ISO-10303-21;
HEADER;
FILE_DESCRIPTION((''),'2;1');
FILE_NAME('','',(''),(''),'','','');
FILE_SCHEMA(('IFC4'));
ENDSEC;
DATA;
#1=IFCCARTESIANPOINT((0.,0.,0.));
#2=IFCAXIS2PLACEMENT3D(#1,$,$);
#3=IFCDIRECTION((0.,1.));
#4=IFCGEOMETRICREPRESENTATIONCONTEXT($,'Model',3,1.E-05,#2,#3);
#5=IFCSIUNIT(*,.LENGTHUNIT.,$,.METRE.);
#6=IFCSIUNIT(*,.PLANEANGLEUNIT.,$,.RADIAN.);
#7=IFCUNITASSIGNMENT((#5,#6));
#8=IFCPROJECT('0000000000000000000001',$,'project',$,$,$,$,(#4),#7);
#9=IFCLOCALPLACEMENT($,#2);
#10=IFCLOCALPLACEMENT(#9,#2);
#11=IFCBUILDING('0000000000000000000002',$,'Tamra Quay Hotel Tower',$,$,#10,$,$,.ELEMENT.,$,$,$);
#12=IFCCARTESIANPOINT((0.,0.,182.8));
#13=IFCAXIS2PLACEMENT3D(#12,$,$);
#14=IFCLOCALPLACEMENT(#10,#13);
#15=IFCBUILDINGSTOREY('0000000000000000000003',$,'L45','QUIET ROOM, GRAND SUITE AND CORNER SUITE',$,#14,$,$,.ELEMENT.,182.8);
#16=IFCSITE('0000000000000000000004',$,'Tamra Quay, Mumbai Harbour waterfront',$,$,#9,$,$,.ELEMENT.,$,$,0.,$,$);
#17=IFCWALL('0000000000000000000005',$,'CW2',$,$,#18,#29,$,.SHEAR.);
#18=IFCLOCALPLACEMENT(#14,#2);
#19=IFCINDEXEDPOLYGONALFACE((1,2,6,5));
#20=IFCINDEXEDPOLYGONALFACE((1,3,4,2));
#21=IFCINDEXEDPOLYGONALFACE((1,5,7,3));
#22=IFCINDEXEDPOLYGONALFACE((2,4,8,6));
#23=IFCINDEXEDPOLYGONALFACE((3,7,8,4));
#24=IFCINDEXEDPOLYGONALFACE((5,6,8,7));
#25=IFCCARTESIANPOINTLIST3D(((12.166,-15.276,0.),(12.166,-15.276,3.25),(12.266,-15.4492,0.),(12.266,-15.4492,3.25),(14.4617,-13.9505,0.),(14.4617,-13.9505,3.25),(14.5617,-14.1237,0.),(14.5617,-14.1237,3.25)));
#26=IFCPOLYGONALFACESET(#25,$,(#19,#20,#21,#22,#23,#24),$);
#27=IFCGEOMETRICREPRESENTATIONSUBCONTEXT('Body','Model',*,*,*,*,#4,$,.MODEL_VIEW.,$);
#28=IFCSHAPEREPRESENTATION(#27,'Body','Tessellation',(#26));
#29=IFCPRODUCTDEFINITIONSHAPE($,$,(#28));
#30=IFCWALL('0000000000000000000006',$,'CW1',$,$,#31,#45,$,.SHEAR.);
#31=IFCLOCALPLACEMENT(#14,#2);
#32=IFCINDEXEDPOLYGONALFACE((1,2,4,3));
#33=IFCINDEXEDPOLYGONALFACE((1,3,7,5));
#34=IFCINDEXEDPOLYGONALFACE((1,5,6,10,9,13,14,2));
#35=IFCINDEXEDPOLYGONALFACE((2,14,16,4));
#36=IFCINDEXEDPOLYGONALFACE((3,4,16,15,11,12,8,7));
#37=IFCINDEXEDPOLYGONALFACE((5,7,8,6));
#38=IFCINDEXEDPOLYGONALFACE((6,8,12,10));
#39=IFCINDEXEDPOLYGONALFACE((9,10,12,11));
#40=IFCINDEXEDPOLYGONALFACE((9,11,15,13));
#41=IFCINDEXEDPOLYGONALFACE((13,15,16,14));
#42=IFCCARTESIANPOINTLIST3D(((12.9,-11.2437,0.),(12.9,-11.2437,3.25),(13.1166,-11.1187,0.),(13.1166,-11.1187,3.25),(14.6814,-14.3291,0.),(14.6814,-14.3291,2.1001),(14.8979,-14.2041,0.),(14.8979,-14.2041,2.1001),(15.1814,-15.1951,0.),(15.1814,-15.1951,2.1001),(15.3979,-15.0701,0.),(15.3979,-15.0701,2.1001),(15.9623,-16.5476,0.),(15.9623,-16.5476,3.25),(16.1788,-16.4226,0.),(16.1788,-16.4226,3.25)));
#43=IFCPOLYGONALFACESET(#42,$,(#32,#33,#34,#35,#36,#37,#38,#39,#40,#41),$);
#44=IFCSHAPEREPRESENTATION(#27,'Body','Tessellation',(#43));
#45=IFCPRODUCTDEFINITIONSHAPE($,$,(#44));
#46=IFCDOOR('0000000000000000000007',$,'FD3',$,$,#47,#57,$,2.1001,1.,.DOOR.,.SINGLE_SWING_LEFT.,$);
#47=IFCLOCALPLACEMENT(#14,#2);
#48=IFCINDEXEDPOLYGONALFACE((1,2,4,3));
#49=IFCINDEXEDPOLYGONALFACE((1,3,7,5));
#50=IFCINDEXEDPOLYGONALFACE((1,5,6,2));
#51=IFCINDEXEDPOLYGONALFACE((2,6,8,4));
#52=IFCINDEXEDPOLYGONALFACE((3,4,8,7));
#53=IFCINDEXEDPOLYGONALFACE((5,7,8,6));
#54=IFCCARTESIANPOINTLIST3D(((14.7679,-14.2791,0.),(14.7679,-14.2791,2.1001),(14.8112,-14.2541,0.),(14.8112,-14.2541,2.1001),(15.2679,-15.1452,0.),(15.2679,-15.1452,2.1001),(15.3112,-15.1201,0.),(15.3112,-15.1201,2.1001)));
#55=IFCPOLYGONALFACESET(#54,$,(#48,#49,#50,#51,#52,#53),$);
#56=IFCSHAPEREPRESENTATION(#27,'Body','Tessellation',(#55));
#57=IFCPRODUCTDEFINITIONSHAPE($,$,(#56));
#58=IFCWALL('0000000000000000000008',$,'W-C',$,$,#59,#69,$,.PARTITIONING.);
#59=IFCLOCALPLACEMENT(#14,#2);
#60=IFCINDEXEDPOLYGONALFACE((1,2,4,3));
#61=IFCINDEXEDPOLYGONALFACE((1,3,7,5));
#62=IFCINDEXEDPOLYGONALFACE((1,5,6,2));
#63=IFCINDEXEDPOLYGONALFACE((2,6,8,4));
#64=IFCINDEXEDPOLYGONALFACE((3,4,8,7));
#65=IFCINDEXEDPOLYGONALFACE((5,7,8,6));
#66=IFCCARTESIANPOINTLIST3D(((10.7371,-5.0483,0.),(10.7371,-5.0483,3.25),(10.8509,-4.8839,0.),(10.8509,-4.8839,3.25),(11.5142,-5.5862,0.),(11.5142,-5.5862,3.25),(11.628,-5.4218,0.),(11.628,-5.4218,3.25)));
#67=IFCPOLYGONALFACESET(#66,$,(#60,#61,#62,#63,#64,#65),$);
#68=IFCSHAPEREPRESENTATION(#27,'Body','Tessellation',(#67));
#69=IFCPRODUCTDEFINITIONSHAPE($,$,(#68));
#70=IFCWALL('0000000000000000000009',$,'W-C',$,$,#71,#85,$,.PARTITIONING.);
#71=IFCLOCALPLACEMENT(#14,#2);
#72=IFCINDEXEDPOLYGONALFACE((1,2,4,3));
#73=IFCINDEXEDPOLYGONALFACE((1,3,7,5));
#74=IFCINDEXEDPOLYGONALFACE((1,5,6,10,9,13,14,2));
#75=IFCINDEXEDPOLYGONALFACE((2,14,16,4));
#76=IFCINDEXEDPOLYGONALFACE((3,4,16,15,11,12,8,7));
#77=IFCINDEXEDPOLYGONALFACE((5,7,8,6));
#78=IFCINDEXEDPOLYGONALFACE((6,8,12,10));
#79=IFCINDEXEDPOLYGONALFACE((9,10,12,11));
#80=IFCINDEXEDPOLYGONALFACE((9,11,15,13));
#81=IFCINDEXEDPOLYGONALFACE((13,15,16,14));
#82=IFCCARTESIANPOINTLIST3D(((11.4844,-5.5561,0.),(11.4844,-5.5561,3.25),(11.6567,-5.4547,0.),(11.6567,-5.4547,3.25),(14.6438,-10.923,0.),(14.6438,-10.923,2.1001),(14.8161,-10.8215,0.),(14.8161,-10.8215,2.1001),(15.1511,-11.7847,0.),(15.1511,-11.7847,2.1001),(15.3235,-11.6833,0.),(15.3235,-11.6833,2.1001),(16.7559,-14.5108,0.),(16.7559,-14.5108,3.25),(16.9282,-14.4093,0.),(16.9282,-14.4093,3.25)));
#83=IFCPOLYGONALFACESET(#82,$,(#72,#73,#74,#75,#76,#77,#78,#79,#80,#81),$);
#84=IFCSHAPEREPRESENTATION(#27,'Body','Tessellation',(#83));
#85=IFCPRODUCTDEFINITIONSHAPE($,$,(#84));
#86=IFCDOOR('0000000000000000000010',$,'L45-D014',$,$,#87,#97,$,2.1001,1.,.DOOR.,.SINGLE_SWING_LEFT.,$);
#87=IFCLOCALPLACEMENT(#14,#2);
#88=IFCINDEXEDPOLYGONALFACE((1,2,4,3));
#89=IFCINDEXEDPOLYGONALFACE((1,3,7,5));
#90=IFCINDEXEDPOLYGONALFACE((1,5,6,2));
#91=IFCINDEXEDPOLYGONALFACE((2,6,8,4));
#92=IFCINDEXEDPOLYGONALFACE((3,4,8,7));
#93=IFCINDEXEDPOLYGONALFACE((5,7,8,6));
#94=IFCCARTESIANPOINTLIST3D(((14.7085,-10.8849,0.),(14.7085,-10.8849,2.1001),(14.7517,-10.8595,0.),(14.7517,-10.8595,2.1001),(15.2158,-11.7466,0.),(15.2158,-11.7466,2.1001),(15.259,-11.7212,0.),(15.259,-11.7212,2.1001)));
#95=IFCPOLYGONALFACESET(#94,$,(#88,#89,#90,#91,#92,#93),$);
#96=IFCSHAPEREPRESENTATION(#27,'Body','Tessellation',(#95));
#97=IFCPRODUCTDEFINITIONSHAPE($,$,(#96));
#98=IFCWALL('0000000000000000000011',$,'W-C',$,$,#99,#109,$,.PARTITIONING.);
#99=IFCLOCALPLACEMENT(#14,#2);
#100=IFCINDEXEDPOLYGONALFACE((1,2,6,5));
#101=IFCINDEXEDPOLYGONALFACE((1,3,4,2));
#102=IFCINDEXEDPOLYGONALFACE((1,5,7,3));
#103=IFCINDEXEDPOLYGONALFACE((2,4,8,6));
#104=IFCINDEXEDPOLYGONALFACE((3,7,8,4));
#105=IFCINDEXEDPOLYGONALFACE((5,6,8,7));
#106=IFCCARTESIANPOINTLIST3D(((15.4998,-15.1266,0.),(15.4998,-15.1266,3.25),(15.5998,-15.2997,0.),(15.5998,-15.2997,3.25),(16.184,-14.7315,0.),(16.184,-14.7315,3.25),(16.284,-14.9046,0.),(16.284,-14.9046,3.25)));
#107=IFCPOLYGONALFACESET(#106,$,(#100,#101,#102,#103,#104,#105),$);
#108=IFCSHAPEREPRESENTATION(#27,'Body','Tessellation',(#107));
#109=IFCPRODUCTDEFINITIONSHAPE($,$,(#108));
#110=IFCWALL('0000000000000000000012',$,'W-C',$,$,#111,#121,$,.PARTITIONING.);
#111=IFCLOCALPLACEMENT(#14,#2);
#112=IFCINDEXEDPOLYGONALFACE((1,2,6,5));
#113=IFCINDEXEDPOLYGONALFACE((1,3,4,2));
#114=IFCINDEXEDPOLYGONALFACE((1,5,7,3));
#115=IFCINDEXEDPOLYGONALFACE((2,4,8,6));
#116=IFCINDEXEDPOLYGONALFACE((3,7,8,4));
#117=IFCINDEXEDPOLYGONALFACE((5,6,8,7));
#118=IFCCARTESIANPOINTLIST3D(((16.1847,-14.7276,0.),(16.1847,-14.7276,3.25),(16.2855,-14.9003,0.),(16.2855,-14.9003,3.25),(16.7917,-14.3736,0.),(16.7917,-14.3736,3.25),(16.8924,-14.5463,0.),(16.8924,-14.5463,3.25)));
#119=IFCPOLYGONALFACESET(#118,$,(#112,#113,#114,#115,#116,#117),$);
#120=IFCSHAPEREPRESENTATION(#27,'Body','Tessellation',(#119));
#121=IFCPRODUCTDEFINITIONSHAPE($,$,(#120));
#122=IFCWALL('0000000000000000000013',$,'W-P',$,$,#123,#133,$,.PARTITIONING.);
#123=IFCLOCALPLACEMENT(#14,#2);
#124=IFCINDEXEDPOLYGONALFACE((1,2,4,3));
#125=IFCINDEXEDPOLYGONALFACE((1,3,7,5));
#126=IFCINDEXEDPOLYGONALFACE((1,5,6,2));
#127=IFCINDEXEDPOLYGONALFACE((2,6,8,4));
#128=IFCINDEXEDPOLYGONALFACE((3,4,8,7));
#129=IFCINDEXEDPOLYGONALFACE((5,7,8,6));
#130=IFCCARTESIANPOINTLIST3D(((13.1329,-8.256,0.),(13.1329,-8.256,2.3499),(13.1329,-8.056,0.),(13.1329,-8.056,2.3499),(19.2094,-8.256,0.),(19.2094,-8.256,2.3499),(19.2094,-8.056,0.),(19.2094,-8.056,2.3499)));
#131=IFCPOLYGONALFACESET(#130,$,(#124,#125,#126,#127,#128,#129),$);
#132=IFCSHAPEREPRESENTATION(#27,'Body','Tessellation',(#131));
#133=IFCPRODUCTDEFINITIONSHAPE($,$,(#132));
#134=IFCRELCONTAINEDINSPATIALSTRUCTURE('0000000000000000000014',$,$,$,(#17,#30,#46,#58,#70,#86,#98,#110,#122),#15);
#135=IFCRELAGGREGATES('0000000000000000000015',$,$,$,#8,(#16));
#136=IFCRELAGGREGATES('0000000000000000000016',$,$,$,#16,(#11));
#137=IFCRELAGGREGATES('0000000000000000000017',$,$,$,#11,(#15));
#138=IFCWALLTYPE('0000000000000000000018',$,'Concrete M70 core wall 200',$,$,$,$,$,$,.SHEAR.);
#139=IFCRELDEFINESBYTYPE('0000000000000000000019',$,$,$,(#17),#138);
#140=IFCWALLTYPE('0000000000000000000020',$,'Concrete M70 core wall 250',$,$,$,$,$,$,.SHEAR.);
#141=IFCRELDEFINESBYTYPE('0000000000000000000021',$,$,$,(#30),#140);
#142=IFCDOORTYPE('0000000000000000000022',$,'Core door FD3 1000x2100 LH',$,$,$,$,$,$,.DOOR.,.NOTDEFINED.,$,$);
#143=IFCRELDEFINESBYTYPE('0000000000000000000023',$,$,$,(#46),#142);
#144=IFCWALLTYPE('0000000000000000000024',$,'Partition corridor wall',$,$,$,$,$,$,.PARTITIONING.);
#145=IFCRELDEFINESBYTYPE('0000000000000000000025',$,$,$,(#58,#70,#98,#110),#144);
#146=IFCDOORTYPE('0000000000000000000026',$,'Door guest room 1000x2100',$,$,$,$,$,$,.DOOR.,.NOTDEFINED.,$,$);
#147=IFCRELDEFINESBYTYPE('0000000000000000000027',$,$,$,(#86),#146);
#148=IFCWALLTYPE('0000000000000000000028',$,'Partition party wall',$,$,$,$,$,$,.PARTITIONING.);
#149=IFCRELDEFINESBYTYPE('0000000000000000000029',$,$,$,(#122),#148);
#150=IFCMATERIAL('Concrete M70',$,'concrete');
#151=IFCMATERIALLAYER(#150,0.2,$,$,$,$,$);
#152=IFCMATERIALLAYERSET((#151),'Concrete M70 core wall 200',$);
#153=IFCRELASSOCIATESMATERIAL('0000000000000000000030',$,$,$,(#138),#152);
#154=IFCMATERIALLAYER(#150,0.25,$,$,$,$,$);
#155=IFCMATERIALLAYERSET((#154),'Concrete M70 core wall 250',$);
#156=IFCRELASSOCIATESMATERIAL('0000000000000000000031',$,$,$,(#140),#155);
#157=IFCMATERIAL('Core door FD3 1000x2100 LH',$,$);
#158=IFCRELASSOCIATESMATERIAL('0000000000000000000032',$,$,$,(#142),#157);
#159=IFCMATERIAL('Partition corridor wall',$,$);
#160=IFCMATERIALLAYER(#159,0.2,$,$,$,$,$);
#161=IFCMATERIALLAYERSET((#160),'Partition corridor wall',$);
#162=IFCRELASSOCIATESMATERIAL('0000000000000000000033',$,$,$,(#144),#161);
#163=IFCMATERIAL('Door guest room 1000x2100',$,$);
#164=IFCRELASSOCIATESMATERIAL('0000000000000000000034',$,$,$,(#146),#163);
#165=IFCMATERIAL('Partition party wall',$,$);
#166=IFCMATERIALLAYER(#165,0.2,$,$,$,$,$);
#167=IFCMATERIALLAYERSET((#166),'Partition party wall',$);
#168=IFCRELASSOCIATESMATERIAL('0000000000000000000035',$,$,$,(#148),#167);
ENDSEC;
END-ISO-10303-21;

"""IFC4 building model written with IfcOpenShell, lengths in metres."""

from ifc_helpers import new_model, si_unit, direction, frame, frame_2d, origin, place, context, subcontext, project, spatial, rectangle, extrude, material, layer, layer_set, type_object, element, fill, save


model = new_model("IFC4")

# Units and contexts
model_context = context("Model", 3, precision=1e-05, world=origin(), true_north=direction((0.0, 1.0)))
body_context = subcontext(model_context, "Body", "Model", "MODEL_VIEW")
ifc_project = project(units=[si_unit("LENGTHUNIT", "METRE"), si_unit("PLANEANGLEUNIT", "RADIAN")], contexts=[model_context])

# Site, building, storey
site_placement = place(None, origin())
site = spatial("IfcSite", under=ifc_project, at=site_placement, Name="Tamra Quay, Mumbai Harbour waterfront", CompositionType="ELEMENT", RefElevation=0.0)
building_placement = place(site_placement, origin())
building = spatial("IfcBuilding", under=site, at=building_placement, Name="Tamra Quay Hotel Tower", CompositionType="ELEMENT")
storey_placement = place(building_placement, frame((0.0, 0.0, 182.8)))
storey = spatial("IfcBuildingStorey", under=building, at=storey_placement, Name="L45", Description="QUIET ROOM, GRAND SUITE AND CORNER SUITE", CompositionType="ELEMENT", Elevation=182.8)

# Shared definitions
ifc_material_1 = material(Name="Concrete M70", Category="concrete")

# Wall
ifc_layer_1 = layer(ifc_material_1, 0.2)
ifc_layer_set_1 = layer_set([ifc_layer_1], Name="Concrete M70 core wall 200")
wall_type_1 = type_object("IfcWallType", Name="Concrete M70 core wall 200", PredefinedType="SHEAR", material=ifc_layer_set_1)
wall_1_placement = place(storey_placement, frame((14.5117, -14.0371, 0.0), z_axis=(0.0, 0.0, 1.0), x_axis=(-0.866018, -0.500012, 0.0)))
element("IfcWall", 1, at=wall_1_placement, inside=storey, type_object=wall_type_1, Name="CW2", PredefinedType="SHEAR", context=body_context, shape_type="SweptSolid", body=[
    extrude(rectangle(XDim=2.6509, YDim=0.2, at=frame_2d((1.3254, 0.0))), origin(), (0.0, 0.0, 1.0), 3.25),
])

# Wall, opening, door
ifc_layer_2 = layer(ifc_material_1, 0.25)
ifc_layer_set_2 = layer_set([ifc_layer_2], Name="Concrete M70 core wall 250")
wall_type_2 = type_object("IfcWallType", Name="Concrete M70 core wall 250", PredefinedType="SHEAR", material=ifc_layer_set_2)
wall_2_placement = place(storey_placement, frame((13.0083, -11.1812, 0.0), z_axis=(0.0, 0.0, 1.0), x_axis=(0.500002, -0.866024, 0.0)))
wall_2 = element("IfcWall", 2, at=wall_2_placement, inside=storey, type_object=wall_type_2, Name="CW1", PredefinedType="SHEAR", context=body_context, shape_type="SweptSolid", body=[
    extrude(rectangle(XDim=6.1245, YDim=0.25, at=frame_2d((3.0623, 0.0))), origin(), (0.0, 0.0, 1.0), 3.25),
])
opening_1_placement = place(wall_2_placement, frame((3.5627, 0.0, 0.0)))
opening_1 = element("IfcOpeningElement", 3, at=opening_1_placement, cuts=wall_2, PredefinedType="OPENING", context=body_context, shape_type="SweptSolid", body=[
    extrude(rectangle(XDim=1.0, YDim=2.1001, at=frame_2d((0.5, 1.05))), frame((0.0, 0.135, 0.0), z_axis=(0.0, -1.0, 0.0), x_axis=(1.0, 0.0, 0.0)), (0.0, 0.0, 1.0), 0.27),
])
ifc_material_2 = material(Name="Core door FD3 1000x2100 LH")
door_type_1 = type_object("IfcDoorType", Name="Core door FD3 1000x2100 LH", OperationType="NOTDEFINED", PredefinedType="DOOR", material=ifc_material_2)
door_1_placement = place(opening_1_placement, origin())
door_1 = element("IfcDoor", 4, at=door_1_placement, inside=storey, type_object=door_type_1, Name="FD3", OperationType="SINGLE_SWING_LEFT", OverallHeight=2.1001, OverallWidth=1.0, PredefinedType="DOOR", context=body_context, shape_type="SweptSolid", body=[
    extrude(rectangle(XDim=1.0, YDim=2.1001, at=frame_2d((0.5, 1.05))), frame((0.0, 0.0249, 0.0), z_axis=(0.0, -1.0, 0.0), x_axis=(1.0, 0.0, 0.0)), (0.0, 0.0, 1.0), 0.05),
])
fill(opening_1, door_1)

# Wall
ifc_material_3 = material(Name="Partition corridor wall")
ifc_layer_3 = layer(ifc_material_3, 0.2)
ifc_layer_set_3 = layer_set([ifc_layer_3], Name="Partition corridor wall")
wall_type_3 = type_object("IfcWallType", Name="Partition corridor wall", PredefinedType="PARTITIONING", material=ifc_layer_set_3)
wall_3_placement = place(storey_placement, frame((10.7939, -4.9661, 0.0), z_axis=(0.0, 0.0, 1.0), x_axis=(0.822267, -0.569103, 0.0)))
element("IfcWall", 5, at=wall_3_placement, inside=storey, type_object=wall_type_3, Name="W-C", PredefinedType="PARTITIONING", context=body_context, shape_type="SweptSolid", body=[
    extrude(rectangle(XDim=0.9451, YDim=0.2, at=frame_2d((0.4727, 0.0))), origin(), (0.0, 0.0, 1.0), 3.25),
])

# Wall, opening, door
wall_4_placement = place(storey_placement, frame((11.5706, -5.5054, 0.0), z_axis=(0.0, 0.0, 1.0), x_axis=(0.507312, -0.861763, 0.0)))
wall_4 = element("IfcWall", 6, at=wall_4_placement, inside=storey, type_object=wall_type_3, Name="W-C", PredefinedType="PARTITIONING", context=body_context, shape_type="SweptSolid", body=[
    extrude(rectangle(XDim=10.3911, YDim=0.2, at=frame_2d((5.1956, 0.0))), origin(), (0.0, 0.0, 1.0), 3.25),
])
opening_2_placement = place(wall_4_placement, frame((6.2278, 0.0, 0.0)))
opening_2 = element("IfcOpeningElement", 7, at=opening_2_placement, cuts=wall_4, PredefinedType="OPENING", context=body_context, shape_type="SweptSolid", body=[
    extrude(rectangle(XDim=1.0, YDim=2.1001, at=frame_2d((0.5, 1.05))), frame((0.0, 0.1099, 0.0), z_axis=(0.0, -1.0, 0.0), x_axis=(1.0, 0.0, 0.0)), (0.0, 0.0, 1.0), 0.22),
])
ifc_material_4 = material(Name="Door guest room 1000x2100")
door_type_2 = type_object("IfcDoorType", Name="Door guest room 1000x2100", OperationType="NOTDEFINED", PredefinedType="DOOR", material=ifc_material_4)
door_2_placement = place(opening_2_placement, frame((1.0, 0.0, 0.0), z_axis=(0.0, 0.0, 1.0), x_axis=(-1.0, 0.0, 0.0)))
door_2 = element("IfcDoor", 8, at=door_2_placement, inside=storey, type_object=door_type_2, Name="L45-D014", OperationType="SINGLE_SWING_LEFT", OverallHeight=2.1001, OverallWidth=1.0, PredefinedType="DOOR", context=body_context, shape_type="SweptSolid", body=[
    extrude(rectangle(XDim=1.0, YDim=2.1001, at=frame_2d((0.5, 1.05))), frame((0.0, 0.0249, 0.0), z_axis=(0.0, -1.0, 0.0), x_axis=(1.0, 0.0, 0.0)), (0.0, 0.0, 1.0), 0.05),
])
fill(opening_2, door_2)

# Walls
wall_5_placement = place(storey_placement, frame((15.5498, -15.2131, 0.0), z_axis=(0.0, 0.0, 1.0), x_axis=(0.86599, 0.500061, 0.0)))
element("IfcWall", 9, at=wall_5_placement, inside=storey, type_object=wall_type_3, Name="W-C", PredefinedType="PARTITIONING", context=body_context, shape_type="SweptSolid", body=[
    extrude(rectangle(XDim=0.79, YDim=0.2, at=frame_2d((0.395, 0.0))), origin(), (0.0, 0.0, 1.0), 3.25),
])
wall_6_placement = place(storey_placement, frame((16.2351, -14.814, 0.0), z_axis=(0.0, 0.0, 1.0), x_axis=(0.863804, 0.503828, 0.0)))
element("IfcWall", 10, at=wall_6_placement, inside=storey, type_object=wall_type_3, Name="W-C", PredefinedType="PARTITIONING", context=body_context, shape_type="SweptSolid", body=[
    extrude(rectangle(XDim=0.7026, YDim=0.2, at=frame_2d((0.3513, 0.0))), origin(), (0.0, 0.0, 1.0), 3.25),
])
ifc_material_5 = material(Name="Partition party wall")
ifc_layer_4 = layer(ifc_material_5, 0.2)
ifc_layer_set_4 = layer_set([ifc_layer_4], Name="Partition party wall")
wall_type_4 = type_object("IfcWallType", Name="Partition party wall", PredefinedType="PARTITIONING", material=ifc_layer_set_4)
wall_7_placement = place(storey_placement, frame((13.1331, -8.156, 0.0), z_axis=(0.0, 0.0, 1.0), x_axis=(1.0, 0.0, 0.0)))
element("IfcWall", 11, at=wall_7_placement, inside=storey, type_object=wall_type_4, Name="W-P", PredefinedType="PARTITIONING", context=body_context, shape_type="SweptSolid", body=[
    extrude(rectangle(XDim=6.0764, YDim=0.2, at=frame_2d((3.0381, 0.0))), origin(), (0.0, 0.0, 1.0), 2.3499),
])

save(model, "model.ifc")
